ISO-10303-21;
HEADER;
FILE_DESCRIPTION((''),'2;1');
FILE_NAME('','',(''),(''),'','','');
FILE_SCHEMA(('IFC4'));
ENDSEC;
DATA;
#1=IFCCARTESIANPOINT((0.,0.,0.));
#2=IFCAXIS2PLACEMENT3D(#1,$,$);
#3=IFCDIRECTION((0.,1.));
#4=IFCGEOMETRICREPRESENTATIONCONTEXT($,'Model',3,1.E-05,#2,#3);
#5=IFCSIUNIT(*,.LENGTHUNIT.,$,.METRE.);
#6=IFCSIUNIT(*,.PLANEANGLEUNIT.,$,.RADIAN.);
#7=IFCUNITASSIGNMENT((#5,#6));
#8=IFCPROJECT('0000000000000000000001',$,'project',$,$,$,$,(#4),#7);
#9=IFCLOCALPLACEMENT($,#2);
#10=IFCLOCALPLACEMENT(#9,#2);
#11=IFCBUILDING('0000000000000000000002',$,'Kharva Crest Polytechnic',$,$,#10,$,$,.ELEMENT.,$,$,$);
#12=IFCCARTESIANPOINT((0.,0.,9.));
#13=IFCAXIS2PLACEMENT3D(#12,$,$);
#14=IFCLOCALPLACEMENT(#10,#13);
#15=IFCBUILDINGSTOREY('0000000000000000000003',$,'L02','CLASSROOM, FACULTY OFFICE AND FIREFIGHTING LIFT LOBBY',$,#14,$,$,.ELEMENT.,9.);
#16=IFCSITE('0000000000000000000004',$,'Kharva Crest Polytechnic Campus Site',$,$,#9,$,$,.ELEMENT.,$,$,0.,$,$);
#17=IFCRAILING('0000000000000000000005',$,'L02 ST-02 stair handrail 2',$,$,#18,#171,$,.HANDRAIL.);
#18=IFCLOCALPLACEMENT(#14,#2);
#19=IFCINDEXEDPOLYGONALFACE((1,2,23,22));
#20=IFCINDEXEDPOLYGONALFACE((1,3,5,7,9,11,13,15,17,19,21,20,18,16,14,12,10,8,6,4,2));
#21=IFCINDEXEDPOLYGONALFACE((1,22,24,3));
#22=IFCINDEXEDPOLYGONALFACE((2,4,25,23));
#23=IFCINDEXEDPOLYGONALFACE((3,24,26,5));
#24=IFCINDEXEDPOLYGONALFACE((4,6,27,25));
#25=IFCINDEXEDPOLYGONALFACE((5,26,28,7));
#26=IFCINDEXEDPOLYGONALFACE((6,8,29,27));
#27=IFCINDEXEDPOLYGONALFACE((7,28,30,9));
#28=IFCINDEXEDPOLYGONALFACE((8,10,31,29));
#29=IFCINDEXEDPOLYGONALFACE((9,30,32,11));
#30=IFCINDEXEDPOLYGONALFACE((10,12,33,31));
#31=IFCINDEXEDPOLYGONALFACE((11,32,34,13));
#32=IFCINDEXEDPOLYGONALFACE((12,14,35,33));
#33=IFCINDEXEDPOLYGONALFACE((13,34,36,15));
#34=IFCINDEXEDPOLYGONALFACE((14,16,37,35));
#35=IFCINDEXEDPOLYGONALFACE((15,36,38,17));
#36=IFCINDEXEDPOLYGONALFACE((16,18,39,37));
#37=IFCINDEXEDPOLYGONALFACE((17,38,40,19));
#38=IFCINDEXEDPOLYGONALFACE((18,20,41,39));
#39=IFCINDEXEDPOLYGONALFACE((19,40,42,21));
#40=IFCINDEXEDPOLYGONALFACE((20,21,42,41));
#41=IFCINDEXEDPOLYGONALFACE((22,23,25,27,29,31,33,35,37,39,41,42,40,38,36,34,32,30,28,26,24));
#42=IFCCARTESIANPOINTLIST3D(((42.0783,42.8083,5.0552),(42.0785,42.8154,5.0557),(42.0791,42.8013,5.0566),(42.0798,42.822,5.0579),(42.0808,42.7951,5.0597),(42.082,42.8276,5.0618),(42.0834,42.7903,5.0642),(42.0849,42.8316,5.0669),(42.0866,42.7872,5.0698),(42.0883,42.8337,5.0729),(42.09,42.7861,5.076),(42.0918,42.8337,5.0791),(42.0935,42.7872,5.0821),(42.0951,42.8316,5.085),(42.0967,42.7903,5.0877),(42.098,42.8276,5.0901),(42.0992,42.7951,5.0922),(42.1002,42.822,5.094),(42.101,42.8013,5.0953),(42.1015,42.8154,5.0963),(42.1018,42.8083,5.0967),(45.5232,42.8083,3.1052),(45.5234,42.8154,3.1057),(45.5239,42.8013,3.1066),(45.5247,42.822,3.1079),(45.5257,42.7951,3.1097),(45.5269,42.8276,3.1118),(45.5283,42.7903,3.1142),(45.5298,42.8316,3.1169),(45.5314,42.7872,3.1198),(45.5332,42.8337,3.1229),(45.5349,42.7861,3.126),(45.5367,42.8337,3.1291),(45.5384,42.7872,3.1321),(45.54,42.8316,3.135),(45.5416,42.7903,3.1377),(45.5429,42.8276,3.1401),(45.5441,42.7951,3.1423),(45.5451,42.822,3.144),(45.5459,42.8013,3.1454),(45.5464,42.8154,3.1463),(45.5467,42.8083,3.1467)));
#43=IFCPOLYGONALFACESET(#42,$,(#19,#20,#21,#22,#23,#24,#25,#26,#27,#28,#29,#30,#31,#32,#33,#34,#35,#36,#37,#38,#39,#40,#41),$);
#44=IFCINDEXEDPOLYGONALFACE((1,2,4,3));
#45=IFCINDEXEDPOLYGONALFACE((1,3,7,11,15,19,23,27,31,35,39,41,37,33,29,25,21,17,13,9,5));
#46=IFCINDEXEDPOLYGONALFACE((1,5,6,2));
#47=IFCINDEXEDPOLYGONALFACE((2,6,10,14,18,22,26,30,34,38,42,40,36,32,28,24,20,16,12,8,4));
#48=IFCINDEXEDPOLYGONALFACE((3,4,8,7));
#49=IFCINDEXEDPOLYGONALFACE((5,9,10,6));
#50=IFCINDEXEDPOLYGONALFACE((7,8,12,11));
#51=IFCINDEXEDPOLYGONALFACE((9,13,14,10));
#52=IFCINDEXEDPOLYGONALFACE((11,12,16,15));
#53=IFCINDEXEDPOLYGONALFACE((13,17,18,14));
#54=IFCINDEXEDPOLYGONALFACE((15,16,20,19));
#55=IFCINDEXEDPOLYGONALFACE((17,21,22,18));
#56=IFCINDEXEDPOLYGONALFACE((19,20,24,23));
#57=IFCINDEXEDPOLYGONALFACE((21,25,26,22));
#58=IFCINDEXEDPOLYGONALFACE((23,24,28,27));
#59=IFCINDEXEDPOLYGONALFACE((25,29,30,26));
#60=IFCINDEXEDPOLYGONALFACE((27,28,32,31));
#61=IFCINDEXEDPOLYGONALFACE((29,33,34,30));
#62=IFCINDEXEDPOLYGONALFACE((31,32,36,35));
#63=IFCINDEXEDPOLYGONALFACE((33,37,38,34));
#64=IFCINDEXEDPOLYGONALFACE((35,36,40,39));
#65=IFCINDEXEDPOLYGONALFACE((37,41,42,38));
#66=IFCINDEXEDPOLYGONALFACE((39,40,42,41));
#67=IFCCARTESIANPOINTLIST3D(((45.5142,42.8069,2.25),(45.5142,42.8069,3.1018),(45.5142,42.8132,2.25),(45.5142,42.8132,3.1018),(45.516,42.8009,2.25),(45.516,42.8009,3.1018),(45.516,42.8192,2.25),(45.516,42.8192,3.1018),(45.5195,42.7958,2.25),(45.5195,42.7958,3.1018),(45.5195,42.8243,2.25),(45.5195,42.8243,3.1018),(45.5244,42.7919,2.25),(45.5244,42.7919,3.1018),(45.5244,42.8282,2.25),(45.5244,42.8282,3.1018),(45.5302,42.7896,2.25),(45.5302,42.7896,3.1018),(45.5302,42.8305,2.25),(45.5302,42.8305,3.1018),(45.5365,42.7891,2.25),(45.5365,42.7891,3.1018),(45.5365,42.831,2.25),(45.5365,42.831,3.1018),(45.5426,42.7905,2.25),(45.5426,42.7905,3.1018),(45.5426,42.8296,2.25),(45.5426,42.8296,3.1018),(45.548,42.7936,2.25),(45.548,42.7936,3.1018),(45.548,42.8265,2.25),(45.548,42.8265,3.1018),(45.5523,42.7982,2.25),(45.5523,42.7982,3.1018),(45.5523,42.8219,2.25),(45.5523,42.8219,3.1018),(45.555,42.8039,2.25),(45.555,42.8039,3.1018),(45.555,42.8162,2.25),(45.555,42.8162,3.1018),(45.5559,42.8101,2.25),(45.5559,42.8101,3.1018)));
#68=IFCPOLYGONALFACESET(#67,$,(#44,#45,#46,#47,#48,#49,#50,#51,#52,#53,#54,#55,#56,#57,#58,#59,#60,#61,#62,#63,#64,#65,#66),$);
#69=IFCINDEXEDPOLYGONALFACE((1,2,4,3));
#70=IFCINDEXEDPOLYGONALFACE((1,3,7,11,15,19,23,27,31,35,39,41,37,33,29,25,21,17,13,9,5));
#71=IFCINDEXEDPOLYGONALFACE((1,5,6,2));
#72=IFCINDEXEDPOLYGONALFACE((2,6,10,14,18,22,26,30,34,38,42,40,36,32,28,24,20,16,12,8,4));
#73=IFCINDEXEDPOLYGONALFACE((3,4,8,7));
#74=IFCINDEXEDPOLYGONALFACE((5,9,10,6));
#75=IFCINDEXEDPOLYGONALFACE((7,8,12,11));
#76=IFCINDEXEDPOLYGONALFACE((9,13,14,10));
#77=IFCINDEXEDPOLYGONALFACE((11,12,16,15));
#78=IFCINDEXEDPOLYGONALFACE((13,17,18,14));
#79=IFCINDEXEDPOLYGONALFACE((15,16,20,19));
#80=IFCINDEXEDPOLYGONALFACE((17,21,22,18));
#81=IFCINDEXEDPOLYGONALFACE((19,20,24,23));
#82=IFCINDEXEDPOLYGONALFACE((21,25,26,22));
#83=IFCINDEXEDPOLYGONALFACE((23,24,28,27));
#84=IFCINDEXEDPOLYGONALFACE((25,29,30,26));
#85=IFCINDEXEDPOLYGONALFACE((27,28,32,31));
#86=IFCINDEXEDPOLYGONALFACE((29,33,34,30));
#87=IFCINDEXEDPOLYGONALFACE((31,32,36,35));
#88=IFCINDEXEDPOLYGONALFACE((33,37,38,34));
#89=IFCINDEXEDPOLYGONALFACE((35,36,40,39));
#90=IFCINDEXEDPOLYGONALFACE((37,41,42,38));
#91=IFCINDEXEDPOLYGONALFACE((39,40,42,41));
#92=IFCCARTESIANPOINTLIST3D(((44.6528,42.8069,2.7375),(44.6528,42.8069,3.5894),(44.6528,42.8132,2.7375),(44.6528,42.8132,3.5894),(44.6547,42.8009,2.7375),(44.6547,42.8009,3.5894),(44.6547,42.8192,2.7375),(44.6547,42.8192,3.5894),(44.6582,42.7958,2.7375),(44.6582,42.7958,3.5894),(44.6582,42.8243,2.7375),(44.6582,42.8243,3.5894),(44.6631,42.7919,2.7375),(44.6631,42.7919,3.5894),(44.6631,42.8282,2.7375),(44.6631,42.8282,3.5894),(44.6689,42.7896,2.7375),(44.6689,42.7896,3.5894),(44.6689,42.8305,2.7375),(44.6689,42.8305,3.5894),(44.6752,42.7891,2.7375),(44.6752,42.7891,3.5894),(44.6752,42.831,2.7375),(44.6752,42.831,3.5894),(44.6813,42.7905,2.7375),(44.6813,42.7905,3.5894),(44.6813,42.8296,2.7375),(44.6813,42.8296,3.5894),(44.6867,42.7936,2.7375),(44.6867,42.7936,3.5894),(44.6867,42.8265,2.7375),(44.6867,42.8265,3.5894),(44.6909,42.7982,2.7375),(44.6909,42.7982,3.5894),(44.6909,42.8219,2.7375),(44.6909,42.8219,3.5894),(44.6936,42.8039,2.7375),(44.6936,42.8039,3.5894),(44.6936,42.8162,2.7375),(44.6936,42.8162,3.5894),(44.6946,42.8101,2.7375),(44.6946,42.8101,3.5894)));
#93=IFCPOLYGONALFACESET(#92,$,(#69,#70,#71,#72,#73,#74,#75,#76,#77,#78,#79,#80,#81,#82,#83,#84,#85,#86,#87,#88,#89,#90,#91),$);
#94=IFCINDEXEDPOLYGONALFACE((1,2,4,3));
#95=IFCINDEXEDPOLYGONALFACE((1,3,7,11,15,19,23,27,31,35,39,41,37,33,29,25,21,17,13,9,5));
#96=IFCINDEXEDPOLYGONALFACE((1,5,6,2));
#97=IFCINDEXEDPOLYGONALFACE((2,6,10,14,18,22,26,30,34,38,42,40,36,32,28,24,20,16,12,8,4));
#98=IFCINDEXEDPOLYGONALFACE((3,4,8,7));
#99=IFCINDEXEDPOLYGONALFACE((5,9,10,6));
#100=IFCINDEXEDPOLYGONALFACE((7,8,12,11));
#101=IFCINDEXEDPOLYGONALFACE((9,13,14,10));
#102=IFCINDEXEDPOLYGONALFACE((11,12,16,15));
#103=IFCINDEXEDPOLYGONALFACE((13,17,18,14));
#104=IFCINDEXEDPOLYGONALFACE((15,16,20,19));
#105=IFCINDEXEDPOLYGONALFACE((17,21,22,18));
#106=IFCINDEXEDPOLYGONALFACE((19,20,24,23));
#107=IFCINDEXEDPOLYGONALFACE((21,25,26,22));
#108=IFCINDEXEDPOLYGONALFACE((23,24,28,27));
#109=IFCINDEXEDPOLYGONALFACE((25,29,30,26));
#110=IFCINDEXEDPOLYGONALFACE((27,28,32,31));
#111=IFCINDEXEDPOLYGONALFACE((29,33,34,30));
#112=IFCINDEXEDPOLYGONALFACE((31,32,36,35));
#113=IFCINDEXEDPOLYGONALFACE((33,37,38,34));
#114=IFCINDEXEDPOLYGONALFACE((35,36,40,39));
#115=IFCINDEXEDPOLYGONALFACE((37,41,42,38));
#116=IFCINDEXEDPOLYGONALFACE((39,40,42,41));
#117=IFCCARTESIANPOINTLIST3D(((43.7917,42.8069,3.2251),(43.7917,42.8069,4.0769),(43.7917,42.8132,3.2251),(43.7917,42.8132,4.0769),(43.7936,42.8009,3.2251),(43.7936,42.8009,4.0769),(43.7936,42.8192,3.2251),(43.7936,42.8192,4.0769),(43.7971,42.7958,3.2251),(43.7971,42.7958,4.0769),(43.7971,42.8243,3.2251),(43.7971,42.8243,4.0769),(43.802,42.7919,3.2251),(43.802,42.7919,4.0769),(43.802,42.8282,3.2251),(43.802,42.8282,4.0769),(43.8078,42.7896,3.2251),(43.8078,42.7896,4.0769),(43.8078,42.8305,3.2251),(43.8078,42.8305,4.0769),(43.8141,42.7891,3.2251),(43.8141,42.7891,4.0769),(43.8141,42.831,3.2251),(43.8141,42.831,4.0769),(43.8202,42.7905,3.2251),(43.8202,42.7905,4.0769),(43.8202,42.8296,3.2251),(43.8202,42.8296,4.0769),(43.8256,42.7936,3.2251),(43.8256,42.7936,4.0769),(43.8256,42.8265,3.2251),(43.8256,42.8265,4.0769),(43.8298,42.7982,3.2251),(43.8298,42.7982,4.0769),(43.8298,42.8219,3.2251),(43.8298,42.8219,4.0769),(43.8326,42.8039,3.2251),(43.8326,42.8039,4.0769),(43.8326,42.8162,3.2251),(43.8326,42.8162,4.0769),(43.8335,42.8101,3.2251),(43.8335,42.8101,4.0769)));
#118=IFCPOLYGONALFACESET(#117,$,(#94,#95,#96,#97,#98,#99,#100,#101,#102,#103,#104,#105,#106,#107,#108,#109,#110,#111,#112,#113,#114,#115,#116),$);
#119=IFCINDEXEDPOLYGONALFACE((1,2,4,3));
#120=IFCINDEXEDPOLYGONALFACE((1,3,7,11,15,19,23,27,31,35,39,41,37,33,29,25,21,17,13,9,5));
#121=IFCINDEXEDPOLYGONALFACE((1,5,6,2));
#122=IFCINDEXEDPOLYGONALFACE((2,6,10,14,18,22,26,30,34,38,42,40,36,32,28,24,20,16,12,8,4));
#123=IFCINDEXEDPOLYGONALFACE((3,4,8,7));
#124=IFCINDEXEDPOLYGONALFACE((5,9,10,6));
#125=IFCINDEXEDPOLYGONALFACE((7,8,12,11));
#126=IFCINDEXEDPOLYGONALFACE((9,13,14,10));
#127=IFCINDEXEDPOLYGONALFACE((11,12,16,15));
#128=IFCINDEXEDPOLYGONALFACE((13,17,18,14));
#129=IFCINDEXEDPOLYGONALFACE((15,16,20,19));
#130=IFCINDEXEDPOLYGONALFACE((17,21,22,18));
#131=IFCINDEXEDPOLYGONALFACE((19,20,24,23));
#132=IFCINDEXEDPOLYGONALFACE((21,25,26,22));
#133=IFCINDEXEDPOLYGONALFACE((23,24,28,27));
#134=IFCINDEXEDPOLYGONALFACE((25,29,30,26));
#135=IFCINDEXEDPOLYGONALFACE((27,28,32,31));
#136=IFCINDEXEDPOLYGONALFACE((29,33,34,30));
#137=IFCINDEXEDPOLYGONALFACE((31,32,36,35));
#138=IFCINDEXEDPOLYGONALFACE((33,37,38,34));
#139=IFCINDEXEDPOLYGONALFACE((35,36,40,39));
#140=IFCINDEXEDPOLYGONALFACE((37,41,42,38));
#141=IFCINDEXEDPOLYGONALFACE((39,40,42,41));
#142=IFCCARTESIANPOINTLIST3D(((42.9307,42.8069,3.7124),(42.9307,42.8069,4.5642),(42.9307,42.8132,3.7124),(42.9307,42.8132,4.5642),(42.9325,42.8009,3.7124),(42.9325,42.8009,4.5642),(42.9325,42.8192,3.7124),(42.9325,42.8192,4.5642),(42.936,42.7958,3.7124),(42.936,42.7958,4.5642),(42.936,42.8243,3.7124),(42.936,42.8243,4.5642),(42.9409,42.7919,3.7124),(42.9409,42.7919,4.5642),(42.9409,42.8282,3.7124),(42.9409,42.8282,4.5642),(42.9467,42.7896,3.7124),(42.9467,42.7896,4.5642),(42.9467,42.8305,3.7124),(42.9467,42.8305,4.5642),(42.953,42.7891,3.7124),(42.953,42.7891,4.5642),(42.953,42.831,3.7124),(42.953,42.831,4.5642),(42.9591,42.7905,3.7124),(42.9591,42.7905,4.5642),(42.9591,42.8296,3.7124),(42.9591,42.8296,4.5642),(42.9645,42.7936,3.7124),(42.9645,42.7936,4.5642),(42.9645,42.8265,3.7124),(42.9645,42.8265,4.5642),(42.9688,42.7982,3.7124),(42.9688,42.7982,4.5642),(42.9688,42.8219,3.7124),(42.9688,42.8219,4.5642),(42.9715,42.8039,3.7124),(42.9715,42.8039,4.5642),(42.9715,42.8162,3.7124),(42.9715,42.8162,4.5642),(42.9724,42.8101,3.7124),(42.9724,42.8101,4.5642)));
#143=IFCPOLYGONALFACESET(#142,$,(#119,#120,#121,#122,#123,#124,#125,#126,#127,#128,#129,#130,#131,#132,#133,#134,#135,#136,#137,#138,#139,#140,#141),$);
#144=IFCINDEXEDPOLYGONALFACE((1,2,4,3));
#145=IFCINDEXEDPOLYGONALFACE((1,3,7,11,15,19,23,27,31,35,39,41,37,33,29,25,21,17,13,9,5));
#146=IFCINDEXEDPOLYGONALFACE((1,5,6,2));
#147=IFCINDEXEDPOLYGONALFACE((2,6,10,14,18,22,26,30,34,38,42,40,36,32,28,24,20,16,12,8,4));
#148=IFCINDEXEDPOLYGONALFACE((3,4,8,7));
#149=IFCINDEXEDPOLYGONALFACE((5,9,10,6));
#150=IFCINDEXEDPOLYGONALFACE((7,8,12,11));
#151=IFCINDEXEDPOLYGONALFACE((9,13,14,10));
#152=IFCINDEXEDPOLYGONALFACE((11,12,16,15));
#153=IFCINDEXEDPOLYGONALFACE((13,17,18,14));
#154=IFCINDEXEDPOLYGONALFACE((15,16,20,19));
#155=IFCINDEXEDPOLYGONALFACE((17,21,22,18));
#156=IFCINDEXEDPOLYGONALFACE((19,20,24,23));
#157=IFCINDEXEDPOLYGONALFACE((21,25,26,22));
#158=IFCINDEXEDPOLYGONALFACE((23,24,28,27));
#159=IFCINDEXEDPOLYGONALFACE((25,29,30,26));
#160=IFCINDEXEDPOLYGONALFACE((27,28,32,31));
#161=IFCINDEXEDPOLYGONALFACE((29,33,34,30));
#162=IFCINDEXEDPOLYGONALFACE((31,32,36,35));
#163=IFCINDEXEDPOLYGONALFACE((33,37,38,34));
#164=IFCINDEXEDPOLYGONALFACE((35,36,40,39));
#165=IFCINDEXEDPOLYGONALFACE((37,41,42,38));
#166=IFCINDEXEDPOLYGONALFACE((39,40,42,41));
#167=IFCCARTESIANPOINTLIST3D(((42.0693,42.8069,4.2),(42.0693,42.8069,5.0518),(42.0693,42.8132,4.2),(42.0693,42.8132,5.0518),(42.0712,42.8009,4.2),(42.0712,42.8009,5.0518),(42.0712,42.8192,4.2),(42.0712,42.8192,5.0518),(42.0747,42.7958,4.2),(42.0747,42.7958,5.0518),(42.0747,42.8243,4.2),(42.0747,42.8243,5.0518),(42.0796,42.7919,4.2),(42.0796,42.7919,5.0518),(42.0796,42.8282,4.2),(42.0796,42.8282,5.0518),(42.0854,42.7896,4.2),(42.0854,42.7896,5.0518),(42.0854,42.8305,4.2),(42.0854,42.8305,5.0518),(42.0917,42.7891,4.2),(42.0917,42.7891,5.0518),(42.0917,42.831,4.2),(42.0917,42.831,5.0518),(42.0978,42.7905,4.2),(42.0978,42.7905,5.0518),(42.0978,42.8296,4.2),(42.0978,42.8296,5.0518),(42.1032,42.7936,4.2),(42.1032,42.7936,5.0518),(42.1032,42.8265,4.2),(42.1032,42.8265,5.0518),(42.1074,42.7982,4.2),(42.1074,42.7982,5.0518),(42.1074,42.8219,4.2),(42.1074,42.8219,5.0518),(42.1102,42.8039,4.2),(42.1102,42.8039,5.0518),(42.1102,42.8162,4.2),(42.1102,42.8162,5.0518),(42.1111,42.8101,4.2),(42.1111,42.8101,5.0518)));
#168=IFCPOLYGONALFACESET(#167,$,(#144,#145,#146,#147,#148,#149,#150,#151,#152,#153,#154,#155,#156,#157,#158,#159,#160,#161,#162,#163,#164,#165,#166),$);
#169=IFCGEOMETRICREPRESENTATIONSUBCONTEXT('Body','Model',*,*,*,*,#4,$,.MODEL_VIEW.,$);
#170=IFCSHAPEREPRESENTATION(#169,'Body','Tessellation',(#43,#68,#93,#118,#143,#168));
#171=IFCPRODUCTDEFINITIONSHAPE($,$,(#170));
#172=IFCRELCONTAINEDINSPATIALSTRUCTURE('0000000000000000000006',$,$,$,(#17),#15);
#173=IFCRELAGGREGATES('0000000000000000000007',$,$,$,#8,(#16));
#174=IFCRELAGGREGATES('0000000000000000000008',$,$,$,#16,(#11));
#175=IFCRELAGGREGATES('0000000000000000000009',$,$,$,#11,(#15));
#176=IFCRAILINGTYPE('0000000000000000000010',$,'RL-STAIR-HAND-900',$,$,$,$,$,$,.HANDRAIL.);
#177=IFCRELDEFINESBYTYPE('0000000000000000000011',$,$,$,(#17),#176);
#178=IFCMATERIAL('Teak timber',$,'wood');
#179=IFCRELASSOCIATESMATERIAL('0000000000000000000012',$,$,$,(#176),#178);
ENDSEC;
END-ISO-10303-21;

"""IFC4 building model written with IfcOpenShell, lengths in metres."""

from ifc_helpers import new_model, si_unit, direction, frame, origin, origin_2d, place, context, subcontext, project, spatial, circle, extrude, material, type_object, element, save


model = new_model("IFC4")

# Units and contexts
model_context = context("Model", 3, precision=1e-05, world=origin(), true_north=direction((0.0, 1.0)))
body_context = subcontext(model_context, "Body", "Model", "MODEL_VIEW")
ifc_project = project(units=[si_unit("LENGTHUNIT", "METRE"), si_unit("PLANEANGLEUNIT", "RADIAN")], contexts=[model_context])

# Site, building, storey
site_placement = place(None, origin())
site = spatial("IfcSite", under=ifc_project, at=site_placement, Name="Kharva Crest Polytechnic Campus Site", CompositionType="ELEMENT", RefElevation=0.0)
building_placement = place(site_placement, origin())
building = spatial("IfcBuilding", under=site, at=building_placement, Name="Kharva Crest Polytechnic", CompositionType="ELEMENT")
storey_placement = place(building_placement, frame((0.0, 0.0, 9.0)))
storey = spatial("IfcBuildingStorey", under=building, at=storey_placement, Name="L02", Description="CLASSROOM, FACULTY OFFICE AND FIREFIGHTING LIFT LOBBY", CompositionType="ELEMENT", Elevation=9.0)

# Railing
ifc_material_1 = material(Name="Teak timber", Category="wood")
railing_type_1 = type_object("IfcRailingType", Name="RL-STAIR-HAND-900", PredefinedType="HANDRAIL", material=ifc_material_1)
railing_1_placement = place(storey_placement, frame((45.5349, 42.8101, 2.25)))
element("IfcRailing", 1, at=railing_1_placement, inside=storey, type_object=railing_type_1, Name="L02 ST-02 stair handrail 2", PredefinedType="HANDRAIL", context=body_context, shape_type="SweptSolid", body=[
    extrude(circle(Radius=0.0239, at=origin_2d()), frame((0.0, 0.0, 0.876), z_axis=(-0.870251, 0.0, 0.492608), x_axis=(0.0, -1.0, 0.0)), (0.0, 0.0, 1.0), 3.9585),
    extrude(circle(Radius=0.021, at=origin_2d()), origin(), (0.0, 0.0, 1.0), 0.8518),
    extrude(circle(Radius=0.021, at=origin_2d()), frame((-0.8613, 0.0, 0.4875)), (0.0, 0.0, 1.0), 0.8518),
    extrude(circle(Radius=0.021, at=origin_2d()), frame((-1.7224, 0.0, 0.9751)), (0.0, 0.0, 1.0), 0.8518),
    extrude(circle(Radius=0.021, at=origin_2d()), frame((-2.5835, 0.0, 1.4624)), (0.0, 0.0, 1.0), 0.8518),
    extrude(circle(Radius=0.021, at=origin_2d()), frame((-3.4448, 0.0, 1.95)), (0.0, 0.0, 1.0), 0.8518),
])

save(model, "model.ifc")
